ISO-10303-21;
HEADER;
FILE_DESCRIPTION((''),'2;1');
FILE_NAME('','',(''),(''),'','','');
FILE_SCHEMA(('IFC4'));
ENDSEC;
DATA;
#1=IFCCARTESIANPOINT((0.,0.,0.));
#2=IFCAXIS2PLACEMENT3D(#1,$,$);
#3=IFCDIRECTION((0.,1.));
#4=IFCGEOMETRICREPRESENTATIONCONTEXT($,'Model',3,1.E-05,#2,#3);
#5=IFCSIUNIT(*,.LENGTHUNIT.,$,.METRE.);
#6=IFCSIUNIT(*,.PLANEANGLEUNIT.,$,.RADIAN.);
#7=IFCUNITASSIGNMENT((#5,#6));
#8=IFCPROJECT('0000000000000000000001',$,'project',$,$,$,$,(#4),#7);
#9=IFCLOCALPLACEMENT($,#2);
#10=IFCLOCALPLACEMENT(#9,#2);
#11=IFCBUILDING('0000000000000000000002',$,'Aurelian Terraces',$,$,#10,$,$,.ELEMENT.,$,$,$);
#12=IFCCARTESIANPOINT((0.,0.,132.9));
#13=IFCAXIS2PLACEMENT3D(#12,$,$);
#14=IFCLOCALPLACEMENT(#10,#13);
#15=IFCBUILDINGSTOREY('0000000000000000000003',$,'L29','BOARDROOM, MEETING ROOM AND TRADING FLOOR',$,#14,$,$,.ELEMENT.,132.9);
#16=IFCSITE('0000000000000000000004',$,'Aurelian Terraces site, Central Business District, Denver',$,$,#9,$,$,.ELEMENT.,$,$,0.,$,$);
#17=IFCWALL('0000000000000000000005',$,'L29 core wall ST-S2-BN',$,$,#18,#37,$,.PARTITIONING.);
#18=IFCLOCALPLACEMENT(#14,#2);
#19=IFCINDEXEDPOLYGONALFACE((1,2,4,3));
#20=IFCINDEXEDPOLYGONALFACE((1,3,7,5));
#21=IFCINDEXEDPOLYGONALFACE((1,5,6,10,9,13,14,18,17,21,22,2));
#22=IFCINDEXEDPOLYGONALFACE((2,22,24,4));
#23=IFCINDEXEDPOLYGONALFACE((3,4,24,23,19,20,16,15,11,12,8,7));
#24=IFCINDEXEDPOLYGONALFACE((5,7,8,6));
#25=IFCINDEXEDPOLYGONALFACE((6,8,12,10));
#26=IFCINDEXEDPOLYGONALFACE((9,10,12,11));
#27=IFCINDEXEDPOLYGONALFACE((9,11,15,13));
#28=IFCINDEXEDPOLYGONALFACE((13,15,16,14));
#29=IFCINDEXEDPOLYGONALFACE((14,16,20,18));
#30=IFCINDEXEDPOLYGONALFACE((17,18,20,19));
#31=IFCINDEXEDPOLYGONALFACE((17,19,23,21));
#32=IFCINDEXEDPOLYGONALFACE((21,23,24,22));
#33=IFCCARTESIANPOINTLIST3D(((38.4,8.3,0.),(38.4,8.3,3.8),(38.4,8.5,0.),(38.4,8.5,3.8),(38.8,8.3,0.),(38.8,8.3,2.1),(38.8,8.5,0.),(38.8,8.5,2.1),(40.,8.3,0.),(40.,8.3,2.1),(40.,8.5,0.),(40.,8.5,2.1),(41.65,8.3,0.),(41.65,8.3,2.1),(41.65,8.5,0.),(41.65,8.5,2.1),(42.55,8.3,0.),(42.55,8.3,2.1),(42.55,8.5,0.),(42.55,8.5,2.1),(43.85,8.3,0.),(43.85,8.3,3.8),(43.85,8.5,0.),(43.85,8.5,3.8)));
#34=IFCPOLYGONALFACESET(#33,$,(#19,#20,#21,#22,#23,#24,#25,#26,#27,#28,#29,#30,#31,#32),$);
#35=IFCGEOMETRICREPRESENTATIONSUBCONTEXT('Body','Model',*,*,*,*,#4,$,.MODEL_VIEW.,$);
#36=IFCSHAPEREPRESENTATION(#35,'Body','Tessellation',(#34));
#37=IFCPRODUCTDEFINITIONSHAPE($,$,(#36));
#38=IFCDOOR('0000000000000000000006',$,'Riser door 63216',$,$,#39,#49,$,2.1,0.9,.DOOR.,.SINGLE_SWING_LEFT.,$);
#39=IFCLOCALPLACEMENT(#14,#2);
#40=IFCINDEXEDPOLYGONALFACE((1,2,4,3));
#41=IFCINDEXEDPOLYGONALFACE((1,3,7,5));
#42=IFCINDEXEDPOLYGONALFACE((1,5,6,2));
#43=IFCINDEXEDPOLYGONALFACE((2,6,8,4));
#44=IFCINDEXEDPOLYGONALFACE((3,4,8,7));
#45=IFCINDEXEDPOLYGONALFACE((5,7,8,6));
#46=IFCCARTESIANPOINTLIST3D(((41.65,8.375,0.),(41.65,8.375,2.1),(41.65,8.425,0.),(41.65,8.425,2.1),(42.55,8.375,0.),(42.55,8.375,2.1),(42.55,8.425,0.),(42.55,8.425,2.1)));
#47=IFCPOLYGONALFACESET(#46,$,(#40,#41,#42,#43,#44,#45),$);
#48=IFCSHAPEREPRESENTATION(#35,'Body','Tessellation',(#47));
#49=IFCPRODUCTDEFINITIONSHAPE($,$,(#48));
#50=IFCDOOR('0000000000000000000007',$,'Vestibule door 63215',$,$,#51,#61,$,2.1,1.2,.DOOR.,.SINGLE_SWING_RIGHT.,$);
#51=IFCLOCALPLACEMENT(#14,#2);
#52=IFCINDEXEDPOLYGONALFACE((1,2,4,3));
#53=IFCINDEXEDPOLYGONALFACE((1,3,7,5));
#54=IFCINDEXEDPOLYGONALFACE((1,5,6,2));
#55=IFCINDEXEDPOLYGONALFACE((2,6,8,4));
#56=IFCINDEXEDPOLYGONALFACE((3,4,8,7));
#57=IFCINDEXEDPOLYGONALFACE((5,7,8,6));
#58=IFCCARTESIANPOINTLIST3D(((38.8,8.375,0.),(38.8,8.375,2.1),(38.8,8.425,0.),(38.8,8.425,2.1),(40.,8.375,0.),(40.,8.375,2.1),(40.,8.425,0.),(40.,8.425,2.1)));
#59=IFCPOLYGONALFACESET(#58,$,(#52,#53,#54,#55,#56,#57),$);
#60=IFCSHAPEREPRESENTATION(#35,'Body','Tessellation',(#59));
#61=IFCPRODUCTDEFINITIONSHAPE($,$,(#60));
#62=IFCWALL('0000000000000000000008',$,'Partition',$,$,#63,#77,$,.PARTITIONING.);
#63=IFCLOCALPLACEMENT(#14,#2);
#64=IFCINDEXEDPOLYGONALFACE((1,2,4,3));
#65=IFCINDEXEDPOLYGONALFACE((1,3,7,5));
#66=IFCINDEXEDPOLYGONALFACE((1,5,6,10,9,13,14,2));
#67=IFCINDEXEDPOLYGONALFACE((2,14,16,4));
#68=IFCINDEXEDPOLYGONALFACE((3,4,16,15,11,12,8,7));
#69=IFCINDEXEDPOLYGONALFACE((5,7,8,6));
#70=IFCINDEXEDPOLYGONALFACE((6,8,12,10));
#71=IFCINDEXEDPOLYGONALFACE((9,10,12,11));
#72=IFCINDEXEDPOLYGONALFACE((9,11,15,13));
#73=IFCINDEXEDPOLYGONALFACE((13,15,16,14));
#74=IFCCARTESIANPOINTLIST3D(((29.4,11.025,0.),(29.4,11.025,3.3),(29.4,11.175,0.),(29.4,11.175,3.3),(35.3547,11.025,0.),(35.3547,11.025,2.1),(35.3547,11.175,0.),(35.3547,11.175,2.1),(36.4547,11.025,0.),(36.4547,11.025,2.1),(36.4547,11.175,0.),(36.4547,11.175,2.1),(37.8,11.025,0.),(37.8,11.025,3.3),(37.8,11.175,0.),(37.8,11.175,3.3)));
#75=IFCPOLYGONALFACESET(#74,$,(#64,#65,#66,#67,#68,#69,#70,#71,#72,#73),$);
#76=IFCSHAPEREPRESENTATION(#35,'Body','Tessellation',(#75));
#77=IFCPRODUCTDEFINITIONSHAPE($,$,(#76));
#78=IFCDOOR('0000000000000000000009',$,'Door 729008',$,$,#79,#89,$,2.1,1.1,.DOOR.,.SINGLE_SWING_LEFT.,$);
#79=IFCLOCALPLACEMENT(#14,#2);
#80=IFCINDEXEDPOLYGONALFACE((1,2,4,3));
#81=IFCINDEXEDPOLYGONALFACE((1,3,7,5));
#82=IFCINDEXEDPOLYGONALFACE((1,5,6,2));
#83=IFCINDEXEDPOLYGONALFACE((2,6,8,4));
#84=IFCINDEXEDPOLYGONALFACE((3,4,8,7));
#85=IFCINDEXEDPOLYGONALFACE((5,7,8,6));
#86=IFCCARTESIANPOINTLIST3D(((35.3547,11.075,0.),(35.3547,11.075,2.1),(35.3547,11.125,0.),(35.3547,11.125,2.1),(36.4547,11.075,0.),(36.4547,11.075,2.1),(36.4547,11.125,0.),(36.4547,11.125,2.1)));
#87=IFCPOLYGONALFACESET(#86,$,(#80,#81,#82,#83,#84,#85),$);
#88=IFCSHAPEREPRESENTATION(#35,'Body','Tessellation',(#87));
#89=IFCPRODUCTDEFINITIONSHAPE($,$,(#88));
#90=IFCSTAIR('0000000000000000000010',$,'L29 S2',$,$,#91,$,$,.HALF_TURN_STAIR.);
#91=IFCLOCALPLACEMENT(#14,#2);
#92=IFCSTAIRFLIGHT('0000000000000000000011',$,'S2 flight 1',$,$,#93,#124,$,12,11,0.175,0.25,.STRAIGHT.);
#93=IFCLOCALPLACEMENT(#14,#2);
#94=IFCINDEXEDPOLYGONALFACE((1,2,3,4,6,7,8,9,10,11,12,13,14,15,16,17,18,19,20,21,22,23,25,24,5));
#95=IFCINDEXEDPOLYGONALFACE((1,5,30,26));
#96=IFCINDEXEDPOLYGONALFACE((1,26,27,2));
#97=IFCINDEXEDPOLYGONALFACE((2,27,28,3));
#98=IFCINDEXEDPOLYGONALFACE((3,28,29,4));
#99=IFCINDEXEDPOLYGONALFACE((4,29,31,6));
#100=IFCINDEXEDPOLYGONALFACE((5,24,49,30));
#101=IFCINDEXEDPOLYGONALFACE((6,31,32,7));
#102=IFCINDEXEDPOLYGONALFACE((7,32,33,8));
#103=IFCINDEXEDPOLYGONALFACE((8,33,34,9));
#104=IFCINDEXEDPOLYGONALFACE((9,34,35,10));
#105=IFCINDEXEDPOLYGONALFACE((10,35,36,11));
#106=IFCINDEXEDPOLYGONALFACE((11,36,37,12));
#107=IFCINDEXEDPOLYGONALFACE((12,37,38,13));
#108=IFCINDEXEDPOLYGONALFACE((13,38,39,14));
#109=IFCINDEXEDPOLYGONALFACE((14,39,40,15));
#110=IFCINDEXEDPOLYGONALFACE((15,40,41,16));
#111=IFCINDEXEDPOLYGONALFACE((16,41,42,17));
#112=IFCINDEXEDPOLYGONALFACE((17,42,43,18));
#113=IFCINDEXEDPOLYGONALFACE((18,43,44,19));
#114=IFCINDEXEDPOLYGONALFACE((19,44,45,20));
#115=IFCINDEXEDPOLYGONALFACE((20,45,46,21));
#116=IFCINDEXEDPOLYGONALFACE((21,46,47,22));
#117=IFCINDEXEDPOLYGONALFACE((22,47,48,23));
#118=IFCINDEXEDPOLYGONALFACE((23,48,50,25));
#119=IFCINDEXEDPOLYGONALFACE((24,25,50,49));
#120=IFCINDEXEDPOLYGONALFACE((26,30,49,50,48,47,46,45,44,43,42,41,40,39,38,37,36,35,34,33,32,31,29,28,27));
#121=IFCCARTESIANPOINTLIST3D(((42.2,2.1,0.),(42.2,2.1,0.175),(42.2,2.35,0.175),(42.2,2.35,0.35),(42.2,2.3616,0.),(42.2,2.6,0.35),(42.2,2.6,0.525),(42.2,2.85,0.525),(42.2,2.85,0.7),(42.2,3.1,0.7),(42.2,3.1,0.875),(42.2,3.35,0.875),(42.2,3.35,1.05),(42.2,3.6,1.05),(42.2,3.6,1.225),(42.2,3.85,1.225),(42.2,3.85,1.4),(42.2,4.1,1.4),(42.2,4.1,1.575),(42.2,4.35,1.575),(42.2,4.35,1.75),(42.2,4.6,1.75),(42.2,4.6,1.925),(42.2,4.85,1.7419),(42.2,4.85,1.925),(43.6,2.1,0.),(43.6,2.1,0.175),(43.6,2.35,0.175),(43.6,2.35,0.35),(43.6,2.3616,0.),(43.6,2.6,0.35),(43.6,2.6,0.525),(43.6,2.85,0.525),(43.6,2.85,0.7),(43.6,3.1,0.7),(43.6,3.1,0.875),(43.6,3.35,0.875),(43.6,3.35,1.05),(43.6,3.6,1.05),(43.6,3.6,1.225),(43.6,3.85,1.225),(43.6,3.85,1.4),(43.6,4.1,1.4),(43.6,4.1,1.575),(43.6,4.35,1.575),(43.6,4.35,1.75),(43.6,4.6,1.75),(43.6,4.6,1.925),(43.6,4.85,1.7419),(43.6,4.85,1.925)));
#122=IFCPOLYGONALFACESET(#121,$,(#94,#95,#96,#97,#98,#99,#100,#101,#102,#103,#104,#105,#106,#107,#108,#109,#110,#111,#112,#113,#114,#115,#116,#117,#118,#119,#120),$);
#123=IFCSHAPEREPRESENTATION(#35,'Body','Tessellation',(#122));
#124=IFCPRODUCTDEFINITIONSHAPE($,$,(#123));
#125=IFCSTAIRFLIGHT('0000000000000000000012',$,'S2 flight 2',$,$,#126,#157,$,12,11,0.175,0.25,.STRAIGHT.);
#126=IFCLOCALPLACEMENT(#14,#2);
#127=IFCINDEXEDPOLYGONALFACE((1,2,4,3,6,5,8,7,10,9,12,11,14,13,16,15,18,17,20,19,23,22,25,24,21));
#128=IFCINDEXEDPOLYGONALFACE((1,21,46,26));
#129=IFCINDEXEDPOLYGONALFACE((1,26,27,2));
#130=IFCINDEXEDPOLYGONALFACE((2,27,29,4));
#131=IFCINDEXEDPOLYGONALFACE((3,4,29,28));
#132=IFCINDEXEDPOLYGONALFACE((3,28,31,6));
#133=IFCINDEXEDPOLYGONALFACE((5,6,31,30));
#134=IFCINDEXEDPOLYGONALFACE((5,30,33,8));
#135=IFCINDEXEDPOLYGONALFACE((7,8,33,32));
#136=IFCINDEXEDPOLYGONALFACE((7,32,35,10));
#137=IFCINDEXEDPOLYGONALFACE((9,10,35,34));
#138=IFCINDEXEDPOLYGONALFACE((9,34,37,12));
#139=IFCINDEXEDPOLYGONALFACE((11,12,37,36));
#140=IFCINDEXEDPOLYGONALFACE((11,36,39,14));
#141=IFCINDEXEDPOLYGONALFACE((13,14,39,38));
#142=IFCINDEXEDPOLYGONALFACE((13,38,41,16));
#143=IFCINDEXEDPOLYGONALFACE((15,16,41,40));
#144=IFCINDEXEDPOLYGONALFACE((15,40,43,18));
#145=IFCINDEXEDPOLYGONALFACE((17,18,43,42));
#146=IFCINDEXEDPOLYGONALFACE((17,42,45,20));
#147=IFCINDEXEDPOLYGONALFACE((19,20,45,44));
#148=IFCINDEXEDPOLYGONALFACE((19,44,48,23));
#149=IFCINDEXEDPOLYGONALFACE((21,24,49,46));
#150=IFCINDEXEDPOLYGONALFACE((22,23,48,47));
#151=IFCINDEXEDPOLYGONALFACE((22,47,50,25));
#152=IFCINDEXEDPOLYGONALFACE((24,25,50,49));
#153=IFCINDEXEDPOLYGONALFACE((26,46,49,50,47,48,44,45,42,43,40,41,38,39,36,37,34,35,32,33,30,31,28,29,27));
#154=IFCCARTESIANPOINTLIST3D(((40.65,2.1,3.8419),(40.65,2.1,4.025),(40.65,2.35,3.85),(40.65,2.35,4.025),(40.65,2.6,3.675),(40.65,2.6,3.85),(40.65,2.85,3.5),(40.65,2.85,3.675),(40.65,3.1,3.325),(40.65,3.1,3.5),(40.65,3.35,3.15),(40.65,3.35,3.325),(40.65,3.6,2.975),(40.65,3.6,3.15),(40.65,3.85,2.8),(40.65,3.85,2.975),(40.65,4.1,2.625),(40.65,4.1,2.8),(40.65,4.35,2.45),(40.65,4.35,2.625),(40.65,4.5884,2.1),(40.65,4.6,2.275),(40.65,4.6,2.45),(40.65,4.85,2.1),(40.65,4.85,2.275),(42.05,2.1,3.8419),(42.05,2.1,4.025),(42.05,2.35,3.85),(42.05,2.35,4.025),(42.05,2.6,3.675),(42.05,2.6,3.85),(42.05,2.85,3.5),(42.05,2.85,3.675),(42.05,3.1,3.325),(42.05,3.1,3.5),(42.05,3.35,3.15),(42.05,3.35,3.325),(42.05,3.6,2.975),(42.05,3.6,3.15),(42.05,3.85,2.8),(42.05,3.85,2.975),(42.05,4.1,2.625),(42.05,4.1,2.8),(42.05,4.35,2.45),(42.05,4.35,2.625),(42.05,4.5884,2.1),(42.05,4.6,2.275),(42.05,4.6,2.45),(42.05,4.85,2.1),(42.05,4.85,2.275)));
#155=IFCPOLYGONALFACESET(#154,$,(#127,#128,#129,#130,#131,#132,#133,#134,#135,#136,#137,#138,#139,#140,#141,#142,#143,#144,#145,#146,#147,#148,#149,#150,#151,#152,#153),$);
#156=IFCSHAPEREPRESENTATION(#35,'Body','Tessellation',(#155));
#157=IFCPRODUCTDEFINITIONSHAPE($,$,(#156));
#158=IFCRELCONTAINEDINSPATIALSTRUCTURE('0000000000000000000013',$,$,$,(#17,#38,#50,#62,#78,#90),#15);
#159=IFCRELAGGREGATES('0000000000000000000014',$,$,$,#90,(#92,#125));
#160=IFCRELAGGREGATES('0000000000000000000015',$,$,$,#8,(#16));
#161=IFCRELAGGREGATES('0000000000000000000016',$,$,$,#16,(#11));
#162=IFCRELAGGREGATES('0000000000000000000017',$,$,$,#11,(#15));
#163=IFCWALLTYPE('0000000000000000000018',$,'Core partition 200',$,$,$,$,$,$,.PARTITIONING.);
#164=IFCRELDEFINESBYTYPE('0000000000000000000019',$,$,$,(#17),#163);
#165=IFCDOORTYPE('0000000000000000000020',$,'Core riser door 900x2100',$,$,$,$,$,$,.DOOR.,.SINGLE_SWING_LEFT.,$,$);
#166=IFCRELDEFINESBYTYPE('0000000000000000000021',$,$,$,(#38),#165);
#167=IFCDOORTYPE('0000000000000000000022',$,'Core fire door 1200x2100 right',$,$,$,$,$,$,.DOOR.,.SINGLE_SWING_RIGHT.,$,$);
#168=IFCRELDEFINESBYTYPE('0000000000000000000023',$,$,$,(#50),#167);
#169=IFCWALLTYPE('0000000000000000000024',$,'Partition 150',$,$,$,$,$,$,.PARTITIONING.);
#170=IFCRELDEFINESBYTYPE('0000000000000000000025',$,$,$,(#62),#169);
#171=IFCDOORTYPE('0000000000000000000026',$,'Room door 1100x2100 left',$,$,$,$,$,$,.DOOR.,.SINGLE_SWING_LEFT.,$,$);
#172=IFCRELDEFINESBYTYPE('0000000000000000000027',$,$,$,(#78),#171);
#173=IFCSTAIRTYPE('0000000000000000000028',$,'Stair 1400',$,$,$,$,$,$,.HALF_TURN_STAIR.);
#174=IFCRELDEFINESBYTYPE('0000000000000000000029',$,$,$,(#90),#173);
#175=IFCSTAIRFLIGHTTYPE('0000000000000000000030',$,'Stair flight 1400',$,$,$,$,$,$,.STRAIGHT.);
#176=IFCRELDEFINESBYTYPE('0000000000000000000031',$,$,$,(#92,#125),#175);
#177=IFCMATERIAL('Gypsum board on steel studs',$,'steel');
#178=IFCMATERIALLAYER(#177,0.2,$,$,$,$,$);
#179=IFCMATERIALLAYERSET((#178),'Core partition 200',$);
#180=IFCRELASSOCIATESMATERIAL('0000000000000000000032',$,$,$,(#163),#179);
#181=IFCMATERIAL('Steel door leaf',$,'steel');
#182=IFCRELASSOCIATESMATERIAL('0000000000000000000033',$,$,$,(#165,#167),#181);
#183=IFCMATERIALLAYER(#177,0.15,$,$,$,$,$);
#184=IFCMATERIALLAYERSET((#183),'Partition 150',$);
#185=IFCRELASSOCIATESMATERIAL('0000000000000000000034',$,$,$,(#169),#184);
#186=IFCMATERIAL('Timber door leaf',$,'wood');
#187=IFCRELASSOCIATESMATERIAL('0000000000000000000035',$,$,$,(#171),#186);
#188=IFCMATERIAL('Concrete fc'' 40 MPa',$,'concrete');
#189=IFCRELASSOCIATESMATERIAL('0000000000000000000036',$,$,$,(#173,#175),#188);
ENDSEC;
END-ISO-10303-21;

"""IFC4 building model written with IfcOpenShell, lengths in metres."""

from ifc_helpers import new_model, si_unit, direction, frame, frame_2d, origin, place, context, subcontext, project, spatial, polyline, rectangle, outline, extrude, source, transform, mapped, material, layer, layer_set, type_object, element, fill, aggregate, save


model = new_model("IFC4")

# Units and contexts
model_context = context("Model", 3, precision=1e-05, world=origin(), true_north=direction((0.0, 1.0)))
body_context = subcontext(model_context, "Body", "Model", "MODEL_VIEW")
ifc_project = project(units=[si_unit("LENGTHUNIT", "METRE"), si_unit("PLANEANGLEUNIT", "RADIAN")], contexts=[model_context])

# Site, building, storey
site_placement = place(None, origin())
site = spatial("IfcSite", under=ifc_project, at=site_placement, Name="Aurelian Terraces site, Central Business District, Denver", CompositionType="ELEMENT", RefElevation=0.0)
building_placement = place(site_placement, origin())
building = spatial("IfcBuilding", under=site, at=building_placement, Name="Aurelian Terraces", CompositionType="ELEMENT")
storey_placement = place(building_placement, frame((0.0, 0.0, 132.9)))
storey = spatial("IfcBuildingStorey", under=building, at=storey_placement, Name="L29", Description="BOARDROOM, MEETING ROOM AND TRADING FLOOR", CompositionType="ELEMENT", Elevation=132.9)

# Shared definitions
ifc_material_1 = material(Name="Concrete fc' 40 MPa", Category="concrete")

# Shared definitions
ifc_material_2 = material(Name="Steel door leaf", Category="steel")
shared_shape_1 = source(origin(), body_context, "Body", "SweptSolid", [
    extrude(rectangle(XDim=1.1, YDim=2.1, at=frame_2d((0.55, 1.05))), frame((0.0, 0.025, 0.0), z_axis=(0.0, -1.0, 0.0), x_axis=(1.0, 0.0, 0.0)), (0.0, 0.0, 1.0), 0.05),
])

# Shared definitions
ifc_material_3 = material(Name="Gypsum board on steel studs", Category="steel")
ifc_layer_1 = layer(ifc_material_3, 0.2)
ifc_layer_set_1 = layer_set([ifc_layer_1], Name="Core partition 200")
wall_type_1 = type_object("IfcWallType", Name="Core partition 200", PredefinedType="PARTITIONING", material=ifc_layer_set_1)

# Wall, openings, doors
shared_shape_2 = source(origin(), body_context, "Body", "SweptSolid", [
    extrude(rectangle(XDim=5.45, YDim=0.2, at=frame_2d((2.725, 0.0))), origin(), (0.0, 0.0, 1.0), 3.8),
])
wall_1_placement = place(storey_placement, frame((38.4, 8.4, 0.0), z_axis=(0.0, 0.0, 1.0), x_axis=(1.0, 0.0, 0.0)))
wall_1 = element("IfcWall", 1, at=wall_1_placement, inside=storey, type_object=wall_type_1, Name="L29 core wall ST-S2-BN", PredefinedType="PARTITIONING", context=body_context, shape_type="MappedRepresentation", body=[
    mapped(shared_shape_2, transform((0.0, 0.0, 0.0), scale=1.0)),
])
shared_shape_3 = source(origin(), body_context, "Body", "SweptSolid", [
    extrude(rectangle(XDim=1.2, YDim=2.1, at=frame_2d((0.6, 1.05))), frame((0.0, 0.11, 0.0), z_axis=(0.0, -1.0, 0.0), x_axis=(1.0, 0.0, 0.0)), (0.0, 0.0, 1.0), 0.22),
])
opening_1_placement = place(wall_1_placement, frame((0.4, 0.0, 0.0)))
opening_1 = element("IfcOpeningElement", 2, at=opening_1_placement, cuts=wall_1, PredefinedType="OPENING", context=body_context, shape_type="MappedRepresentation", body=[
    mapped(shared_shape_3, transform((0.0, 0.0, 0.0), scale=1.0)),
])
shared_shape_4 = source(origin(), body_context, "Body", "SweptSolid", [
    extrude(rectangle(XDim=0.9, YDim=2.1, at=frame_2d((0.45, 1.05))), frame((0.0, 0.11, 0.0), z_axis=(0.0, -1.0, 0.0), x_axis=(1.0, 0.0, 0.0)), (0.0, 0.0, 1.0), 0.22),
])
opening_2_placement = place(wall_1_placement, frame((3.25, 0.0, 0.0)))
opening_2 = element("IfcOpeningElement", 3, at=opening_2_placement, cuts=wall_1, PredefinedType="OPENING", context=body_context, shape_type="MappedRepresentation", body=[
    mapped(shared_shape_4, transform((0.0, 0.0, 0.0), scale=1.0)),
])
door_type_1 = type_object("IfcDoorType", Name="Core riser door 900x2100", OperationType="SINGLE_SWING_LEFT", PredefinedType="DOOR", material=ifc_material_2)
shared_shape_5 = source(origin(), body_context, "Body", "SweptSolid", [
    extrude(rectangle(XDim=0.9, YDim=2.1, at=frame_2d((0.45, 1.05))), frame((0.0, 0.025, 0.0), z_axis=(0.0, -1.0, 0.0), x_axis=(1.0, 0.0, 0.0)), (0.0, 0.0, 1.0), 0.05),
])
door_1_placement = place(opening_2_placement, origin())
door_1 = element("IfcDoor", 4, at=door_1_placement, inside=storey, type_object=door_type_1, Name="Riser door 63216", OperationType="SINGLE_SWING_LEFT", OverallHeight=2.1, OverallWidth=0.9, PredefinedType="DOOR", context=body_context, shape_type="MappedRepresentation", body=[
    mapped(shared_shape_5, transform((0.0, 0.0, 0.0), scale=1.0)),
])
fill(opening_2, door_1)
door_type_2 = type_object("IfcDoorType", Name="Core fire door 1200x2100 right", OperationType="SINGLE_SWING_RIGHT", PredefinedType="DOOR", material=ifc_material_2)
shared_shape_6 = source(origin(), body_context, "Body", "SweptSolid", [
    extrude(rectangle(XDim=1.2, YDim=2.1, at=frame_2d((0.6, 1.05))), frame((0.0, 0.025, 0.0), z_axis=(0.0, -1.0, 0.0), x_axis=(1.0, 0.0, 0.0)), (0.0, 0.0, 1.0), 0.05),
])
door_2_placement = place(opening_1_placement, origin())
door_2 = element("IfcDoor", 5, at=door_2_placement, inside=storey, type_object=door_type_2, Name="Vestibule door 63215", OperationType="SINGLE_SWING_RIGHT", OverallHeight=2.1, OverallWidth=1.2, PredefinedType="DOOR", context=body_context, shape_type="MappedRepresentation", body=[
    mapped(shared_shape_6, transform((0.0, 0.0, 0.0), scale=1.0)),
])
fill(opening_1, door_2)

# Wall, opening, door
ifc_layer_2 = layer(ifc_material_3, 0.15)
ifc_layer_set_2 = layer_set([ifc_layer_2], Name="Partition 150")
wall_type_2 = type_object("IfcWallType", Name="Partition 150", PredefinedType="PARTITIONING", material=ifc_layer_set_2)
shared_shape_7 = source(origin(), body_context, "Body", "SweptSolid", [
    extrude(rectangle(XDim=8.4, YDim=0.15, at=frame_2d((4.2, 0.0))), origin(), (0.0, 0.0, 1.0), 3.3),
])
wall_2_placement = place(storey_placement, frame((37.8, 11.1, 0.0), z_axis=(0.0, 0.0, 1.0), x_axis=(-1.0, 0.0, 0.0)))
wall_2 = element("IfcWall", 6, at=wall_2_placement, inside=storey, type_object=wall_type_2, Name="Partition", PredefinedType="PARTITIONING", context=body_context, shape_type="MappedRepresentation", body=[
    mapped(shared_shape_7, transform((0.0, 0.0, 0.0), scale=1.0)),
])
shared_shape_8 = source(origin(), body_context, "Body", "SweptSolid", [
    extrude(rectangle(XDim=1.1, YDim=2.1, at=frame_2d((0.55, 1.05))), frame((0.0, 0.085, 0.0), z_axis=(0.0, -1.0, 0.0), x_axis=(1.0, 0.0, 0.0)), (0.0, 0.0, 1.0), 0.17),
])
opening_3_placement = place(wall_2_placement, frame((1.3453, 0.0, 0.0)))
opening_3 = element("IfcOpeningElement", 7, at=opening_3_placement, cuts=wall_2, PredefinedType="OPENING", context=body_context, shape_type="MappedRepresentation", body=[
    mapped(shared_shape_8, transform((0.0, 0.0, 0.0), scale=1.0)),
])
ifc_material_4 = material(Name="Timber door leaf", Category="wood")
door_type_3 = type_object("IfcDoorType", Name="Room door 1100x2100 left", OperationType="SINGLE_SWING_LEFT", PredefinedType="DOOR", material=ifc_material_4)
door_3_placement = place(opening_3_placement, origin())
door_3 = element("IfcDoor", 8, at=door_3_placement, inside=storey, type_object=door_type_3, Name="Door 729008", OperationType="SINGLE_SWING_LEFT", OverallHeight=2.1, OverallWidth=1.1, PredefinedType="DOOR", context=body_context, shape_type="MappedRepresentation", body=[
    mapped(shared_shape_1, transform((0.0, 0.0, 0.0), scale=1.0)),
])
fill(opening_3, door_3)

# Stair, stair flights
stair_type = type_object("IfcStairType", Name="Stair 1400", PredefinedType="HALF_TURN_STAIR", material=ifc_material_1)
stair_placement = place(storey_placement, origin())
stair = element("IfcStair", 9, at=stair_placement, inside=storey, type_object=stair_type, Name="L29 S2", PredefinedType="HALF_TURN_STAIR")
stair_flight_type = type_object("IfcStairFlightType", Name="Stair flight 1400", PredefinedType="STRAIGHT", material=ifc_material_1)
shared_shape_9 = source(origin(), body_context, "Body", "SweptSolid", [
    extrude(outline(polyline([(0.0, 0.0), (0.0, 0.175), (0.25, 0.175), (0.25, 0.35), (0.5, 0.35), (0.5, 0.525), (0.75, 0.525), (0.75, 0.7), (1.0, 0.7), (1.0, 0.875), (1.25, 0.875), (1.25, 1.05), (1.5, 1.05), (1.5, 1.225), (1.75, 1.225), (1.75, 1.4), (2.0, 1.4), (2.0, 1.575), (2.25, 1.575), (2.25, 1.75), (2.5, 1.75), (2.5, 1.925), (2.75, 1.925), (2.75, 2.1), (2.75, 1.7419), (0.2616, 0.0), (0.0, 0.0)])), frame((0.0, 0.7, 0.0), z_axis=(0.0, -1.0, 0.0), x_axis=(1.0, 0.0, 0.0)), (0.0, 0.0, 1.0), 1.4),
])
stair_flight_1_placement = place(storey_placement, frame((42.9, 2.1, 0.0), z_axis=(0.0, 0.0, 1.0), x_axis=(0.0, 1.0, 0.0)))
stair_flight_1 = element("IfcStairFlight", 10, at=stair_flight_1_placement, type_object=stair_flight_type, Name="S2 flight 1", NumberOfRisers=12, NumberOfTreads=11, PredefinedType="STRAIGHT", RiserHeight=0.175, TreadLength=0.25, context=body_context, shape_type="MappedRepresentation", body=[
    mapped(shared_shape_9, transform((0.0, 0.0, 0.0), scale=1.0)),
])
stair_flight_2_placement = place(storey_placement, frame((41.35, 4.85, 2.1), z_axis=(0.0, 0.0, 1.0), x_axis=(0.0, -1.0, 0.0)))
stair_flight_2 = element("IfcStairFlight", 11, at=stair_flight_2_placement, type_object=stair_flight_type, Name="S2 flight 2", NumberOfRisers=12, NumberOfTreads=11, PredefinedType="STRAIGHT", RiserHeight=0.175, TreadLength=0.25, context=body_context, shape_type="MappedRepresentation", body=[
    mapped(shared_shape_9, transform((0.0, 0.0, 0.0), scale=1.0)),
])
aggregate(stair, [stair_flight_1, stair_flight_2])

save(model, "model.ifc")
